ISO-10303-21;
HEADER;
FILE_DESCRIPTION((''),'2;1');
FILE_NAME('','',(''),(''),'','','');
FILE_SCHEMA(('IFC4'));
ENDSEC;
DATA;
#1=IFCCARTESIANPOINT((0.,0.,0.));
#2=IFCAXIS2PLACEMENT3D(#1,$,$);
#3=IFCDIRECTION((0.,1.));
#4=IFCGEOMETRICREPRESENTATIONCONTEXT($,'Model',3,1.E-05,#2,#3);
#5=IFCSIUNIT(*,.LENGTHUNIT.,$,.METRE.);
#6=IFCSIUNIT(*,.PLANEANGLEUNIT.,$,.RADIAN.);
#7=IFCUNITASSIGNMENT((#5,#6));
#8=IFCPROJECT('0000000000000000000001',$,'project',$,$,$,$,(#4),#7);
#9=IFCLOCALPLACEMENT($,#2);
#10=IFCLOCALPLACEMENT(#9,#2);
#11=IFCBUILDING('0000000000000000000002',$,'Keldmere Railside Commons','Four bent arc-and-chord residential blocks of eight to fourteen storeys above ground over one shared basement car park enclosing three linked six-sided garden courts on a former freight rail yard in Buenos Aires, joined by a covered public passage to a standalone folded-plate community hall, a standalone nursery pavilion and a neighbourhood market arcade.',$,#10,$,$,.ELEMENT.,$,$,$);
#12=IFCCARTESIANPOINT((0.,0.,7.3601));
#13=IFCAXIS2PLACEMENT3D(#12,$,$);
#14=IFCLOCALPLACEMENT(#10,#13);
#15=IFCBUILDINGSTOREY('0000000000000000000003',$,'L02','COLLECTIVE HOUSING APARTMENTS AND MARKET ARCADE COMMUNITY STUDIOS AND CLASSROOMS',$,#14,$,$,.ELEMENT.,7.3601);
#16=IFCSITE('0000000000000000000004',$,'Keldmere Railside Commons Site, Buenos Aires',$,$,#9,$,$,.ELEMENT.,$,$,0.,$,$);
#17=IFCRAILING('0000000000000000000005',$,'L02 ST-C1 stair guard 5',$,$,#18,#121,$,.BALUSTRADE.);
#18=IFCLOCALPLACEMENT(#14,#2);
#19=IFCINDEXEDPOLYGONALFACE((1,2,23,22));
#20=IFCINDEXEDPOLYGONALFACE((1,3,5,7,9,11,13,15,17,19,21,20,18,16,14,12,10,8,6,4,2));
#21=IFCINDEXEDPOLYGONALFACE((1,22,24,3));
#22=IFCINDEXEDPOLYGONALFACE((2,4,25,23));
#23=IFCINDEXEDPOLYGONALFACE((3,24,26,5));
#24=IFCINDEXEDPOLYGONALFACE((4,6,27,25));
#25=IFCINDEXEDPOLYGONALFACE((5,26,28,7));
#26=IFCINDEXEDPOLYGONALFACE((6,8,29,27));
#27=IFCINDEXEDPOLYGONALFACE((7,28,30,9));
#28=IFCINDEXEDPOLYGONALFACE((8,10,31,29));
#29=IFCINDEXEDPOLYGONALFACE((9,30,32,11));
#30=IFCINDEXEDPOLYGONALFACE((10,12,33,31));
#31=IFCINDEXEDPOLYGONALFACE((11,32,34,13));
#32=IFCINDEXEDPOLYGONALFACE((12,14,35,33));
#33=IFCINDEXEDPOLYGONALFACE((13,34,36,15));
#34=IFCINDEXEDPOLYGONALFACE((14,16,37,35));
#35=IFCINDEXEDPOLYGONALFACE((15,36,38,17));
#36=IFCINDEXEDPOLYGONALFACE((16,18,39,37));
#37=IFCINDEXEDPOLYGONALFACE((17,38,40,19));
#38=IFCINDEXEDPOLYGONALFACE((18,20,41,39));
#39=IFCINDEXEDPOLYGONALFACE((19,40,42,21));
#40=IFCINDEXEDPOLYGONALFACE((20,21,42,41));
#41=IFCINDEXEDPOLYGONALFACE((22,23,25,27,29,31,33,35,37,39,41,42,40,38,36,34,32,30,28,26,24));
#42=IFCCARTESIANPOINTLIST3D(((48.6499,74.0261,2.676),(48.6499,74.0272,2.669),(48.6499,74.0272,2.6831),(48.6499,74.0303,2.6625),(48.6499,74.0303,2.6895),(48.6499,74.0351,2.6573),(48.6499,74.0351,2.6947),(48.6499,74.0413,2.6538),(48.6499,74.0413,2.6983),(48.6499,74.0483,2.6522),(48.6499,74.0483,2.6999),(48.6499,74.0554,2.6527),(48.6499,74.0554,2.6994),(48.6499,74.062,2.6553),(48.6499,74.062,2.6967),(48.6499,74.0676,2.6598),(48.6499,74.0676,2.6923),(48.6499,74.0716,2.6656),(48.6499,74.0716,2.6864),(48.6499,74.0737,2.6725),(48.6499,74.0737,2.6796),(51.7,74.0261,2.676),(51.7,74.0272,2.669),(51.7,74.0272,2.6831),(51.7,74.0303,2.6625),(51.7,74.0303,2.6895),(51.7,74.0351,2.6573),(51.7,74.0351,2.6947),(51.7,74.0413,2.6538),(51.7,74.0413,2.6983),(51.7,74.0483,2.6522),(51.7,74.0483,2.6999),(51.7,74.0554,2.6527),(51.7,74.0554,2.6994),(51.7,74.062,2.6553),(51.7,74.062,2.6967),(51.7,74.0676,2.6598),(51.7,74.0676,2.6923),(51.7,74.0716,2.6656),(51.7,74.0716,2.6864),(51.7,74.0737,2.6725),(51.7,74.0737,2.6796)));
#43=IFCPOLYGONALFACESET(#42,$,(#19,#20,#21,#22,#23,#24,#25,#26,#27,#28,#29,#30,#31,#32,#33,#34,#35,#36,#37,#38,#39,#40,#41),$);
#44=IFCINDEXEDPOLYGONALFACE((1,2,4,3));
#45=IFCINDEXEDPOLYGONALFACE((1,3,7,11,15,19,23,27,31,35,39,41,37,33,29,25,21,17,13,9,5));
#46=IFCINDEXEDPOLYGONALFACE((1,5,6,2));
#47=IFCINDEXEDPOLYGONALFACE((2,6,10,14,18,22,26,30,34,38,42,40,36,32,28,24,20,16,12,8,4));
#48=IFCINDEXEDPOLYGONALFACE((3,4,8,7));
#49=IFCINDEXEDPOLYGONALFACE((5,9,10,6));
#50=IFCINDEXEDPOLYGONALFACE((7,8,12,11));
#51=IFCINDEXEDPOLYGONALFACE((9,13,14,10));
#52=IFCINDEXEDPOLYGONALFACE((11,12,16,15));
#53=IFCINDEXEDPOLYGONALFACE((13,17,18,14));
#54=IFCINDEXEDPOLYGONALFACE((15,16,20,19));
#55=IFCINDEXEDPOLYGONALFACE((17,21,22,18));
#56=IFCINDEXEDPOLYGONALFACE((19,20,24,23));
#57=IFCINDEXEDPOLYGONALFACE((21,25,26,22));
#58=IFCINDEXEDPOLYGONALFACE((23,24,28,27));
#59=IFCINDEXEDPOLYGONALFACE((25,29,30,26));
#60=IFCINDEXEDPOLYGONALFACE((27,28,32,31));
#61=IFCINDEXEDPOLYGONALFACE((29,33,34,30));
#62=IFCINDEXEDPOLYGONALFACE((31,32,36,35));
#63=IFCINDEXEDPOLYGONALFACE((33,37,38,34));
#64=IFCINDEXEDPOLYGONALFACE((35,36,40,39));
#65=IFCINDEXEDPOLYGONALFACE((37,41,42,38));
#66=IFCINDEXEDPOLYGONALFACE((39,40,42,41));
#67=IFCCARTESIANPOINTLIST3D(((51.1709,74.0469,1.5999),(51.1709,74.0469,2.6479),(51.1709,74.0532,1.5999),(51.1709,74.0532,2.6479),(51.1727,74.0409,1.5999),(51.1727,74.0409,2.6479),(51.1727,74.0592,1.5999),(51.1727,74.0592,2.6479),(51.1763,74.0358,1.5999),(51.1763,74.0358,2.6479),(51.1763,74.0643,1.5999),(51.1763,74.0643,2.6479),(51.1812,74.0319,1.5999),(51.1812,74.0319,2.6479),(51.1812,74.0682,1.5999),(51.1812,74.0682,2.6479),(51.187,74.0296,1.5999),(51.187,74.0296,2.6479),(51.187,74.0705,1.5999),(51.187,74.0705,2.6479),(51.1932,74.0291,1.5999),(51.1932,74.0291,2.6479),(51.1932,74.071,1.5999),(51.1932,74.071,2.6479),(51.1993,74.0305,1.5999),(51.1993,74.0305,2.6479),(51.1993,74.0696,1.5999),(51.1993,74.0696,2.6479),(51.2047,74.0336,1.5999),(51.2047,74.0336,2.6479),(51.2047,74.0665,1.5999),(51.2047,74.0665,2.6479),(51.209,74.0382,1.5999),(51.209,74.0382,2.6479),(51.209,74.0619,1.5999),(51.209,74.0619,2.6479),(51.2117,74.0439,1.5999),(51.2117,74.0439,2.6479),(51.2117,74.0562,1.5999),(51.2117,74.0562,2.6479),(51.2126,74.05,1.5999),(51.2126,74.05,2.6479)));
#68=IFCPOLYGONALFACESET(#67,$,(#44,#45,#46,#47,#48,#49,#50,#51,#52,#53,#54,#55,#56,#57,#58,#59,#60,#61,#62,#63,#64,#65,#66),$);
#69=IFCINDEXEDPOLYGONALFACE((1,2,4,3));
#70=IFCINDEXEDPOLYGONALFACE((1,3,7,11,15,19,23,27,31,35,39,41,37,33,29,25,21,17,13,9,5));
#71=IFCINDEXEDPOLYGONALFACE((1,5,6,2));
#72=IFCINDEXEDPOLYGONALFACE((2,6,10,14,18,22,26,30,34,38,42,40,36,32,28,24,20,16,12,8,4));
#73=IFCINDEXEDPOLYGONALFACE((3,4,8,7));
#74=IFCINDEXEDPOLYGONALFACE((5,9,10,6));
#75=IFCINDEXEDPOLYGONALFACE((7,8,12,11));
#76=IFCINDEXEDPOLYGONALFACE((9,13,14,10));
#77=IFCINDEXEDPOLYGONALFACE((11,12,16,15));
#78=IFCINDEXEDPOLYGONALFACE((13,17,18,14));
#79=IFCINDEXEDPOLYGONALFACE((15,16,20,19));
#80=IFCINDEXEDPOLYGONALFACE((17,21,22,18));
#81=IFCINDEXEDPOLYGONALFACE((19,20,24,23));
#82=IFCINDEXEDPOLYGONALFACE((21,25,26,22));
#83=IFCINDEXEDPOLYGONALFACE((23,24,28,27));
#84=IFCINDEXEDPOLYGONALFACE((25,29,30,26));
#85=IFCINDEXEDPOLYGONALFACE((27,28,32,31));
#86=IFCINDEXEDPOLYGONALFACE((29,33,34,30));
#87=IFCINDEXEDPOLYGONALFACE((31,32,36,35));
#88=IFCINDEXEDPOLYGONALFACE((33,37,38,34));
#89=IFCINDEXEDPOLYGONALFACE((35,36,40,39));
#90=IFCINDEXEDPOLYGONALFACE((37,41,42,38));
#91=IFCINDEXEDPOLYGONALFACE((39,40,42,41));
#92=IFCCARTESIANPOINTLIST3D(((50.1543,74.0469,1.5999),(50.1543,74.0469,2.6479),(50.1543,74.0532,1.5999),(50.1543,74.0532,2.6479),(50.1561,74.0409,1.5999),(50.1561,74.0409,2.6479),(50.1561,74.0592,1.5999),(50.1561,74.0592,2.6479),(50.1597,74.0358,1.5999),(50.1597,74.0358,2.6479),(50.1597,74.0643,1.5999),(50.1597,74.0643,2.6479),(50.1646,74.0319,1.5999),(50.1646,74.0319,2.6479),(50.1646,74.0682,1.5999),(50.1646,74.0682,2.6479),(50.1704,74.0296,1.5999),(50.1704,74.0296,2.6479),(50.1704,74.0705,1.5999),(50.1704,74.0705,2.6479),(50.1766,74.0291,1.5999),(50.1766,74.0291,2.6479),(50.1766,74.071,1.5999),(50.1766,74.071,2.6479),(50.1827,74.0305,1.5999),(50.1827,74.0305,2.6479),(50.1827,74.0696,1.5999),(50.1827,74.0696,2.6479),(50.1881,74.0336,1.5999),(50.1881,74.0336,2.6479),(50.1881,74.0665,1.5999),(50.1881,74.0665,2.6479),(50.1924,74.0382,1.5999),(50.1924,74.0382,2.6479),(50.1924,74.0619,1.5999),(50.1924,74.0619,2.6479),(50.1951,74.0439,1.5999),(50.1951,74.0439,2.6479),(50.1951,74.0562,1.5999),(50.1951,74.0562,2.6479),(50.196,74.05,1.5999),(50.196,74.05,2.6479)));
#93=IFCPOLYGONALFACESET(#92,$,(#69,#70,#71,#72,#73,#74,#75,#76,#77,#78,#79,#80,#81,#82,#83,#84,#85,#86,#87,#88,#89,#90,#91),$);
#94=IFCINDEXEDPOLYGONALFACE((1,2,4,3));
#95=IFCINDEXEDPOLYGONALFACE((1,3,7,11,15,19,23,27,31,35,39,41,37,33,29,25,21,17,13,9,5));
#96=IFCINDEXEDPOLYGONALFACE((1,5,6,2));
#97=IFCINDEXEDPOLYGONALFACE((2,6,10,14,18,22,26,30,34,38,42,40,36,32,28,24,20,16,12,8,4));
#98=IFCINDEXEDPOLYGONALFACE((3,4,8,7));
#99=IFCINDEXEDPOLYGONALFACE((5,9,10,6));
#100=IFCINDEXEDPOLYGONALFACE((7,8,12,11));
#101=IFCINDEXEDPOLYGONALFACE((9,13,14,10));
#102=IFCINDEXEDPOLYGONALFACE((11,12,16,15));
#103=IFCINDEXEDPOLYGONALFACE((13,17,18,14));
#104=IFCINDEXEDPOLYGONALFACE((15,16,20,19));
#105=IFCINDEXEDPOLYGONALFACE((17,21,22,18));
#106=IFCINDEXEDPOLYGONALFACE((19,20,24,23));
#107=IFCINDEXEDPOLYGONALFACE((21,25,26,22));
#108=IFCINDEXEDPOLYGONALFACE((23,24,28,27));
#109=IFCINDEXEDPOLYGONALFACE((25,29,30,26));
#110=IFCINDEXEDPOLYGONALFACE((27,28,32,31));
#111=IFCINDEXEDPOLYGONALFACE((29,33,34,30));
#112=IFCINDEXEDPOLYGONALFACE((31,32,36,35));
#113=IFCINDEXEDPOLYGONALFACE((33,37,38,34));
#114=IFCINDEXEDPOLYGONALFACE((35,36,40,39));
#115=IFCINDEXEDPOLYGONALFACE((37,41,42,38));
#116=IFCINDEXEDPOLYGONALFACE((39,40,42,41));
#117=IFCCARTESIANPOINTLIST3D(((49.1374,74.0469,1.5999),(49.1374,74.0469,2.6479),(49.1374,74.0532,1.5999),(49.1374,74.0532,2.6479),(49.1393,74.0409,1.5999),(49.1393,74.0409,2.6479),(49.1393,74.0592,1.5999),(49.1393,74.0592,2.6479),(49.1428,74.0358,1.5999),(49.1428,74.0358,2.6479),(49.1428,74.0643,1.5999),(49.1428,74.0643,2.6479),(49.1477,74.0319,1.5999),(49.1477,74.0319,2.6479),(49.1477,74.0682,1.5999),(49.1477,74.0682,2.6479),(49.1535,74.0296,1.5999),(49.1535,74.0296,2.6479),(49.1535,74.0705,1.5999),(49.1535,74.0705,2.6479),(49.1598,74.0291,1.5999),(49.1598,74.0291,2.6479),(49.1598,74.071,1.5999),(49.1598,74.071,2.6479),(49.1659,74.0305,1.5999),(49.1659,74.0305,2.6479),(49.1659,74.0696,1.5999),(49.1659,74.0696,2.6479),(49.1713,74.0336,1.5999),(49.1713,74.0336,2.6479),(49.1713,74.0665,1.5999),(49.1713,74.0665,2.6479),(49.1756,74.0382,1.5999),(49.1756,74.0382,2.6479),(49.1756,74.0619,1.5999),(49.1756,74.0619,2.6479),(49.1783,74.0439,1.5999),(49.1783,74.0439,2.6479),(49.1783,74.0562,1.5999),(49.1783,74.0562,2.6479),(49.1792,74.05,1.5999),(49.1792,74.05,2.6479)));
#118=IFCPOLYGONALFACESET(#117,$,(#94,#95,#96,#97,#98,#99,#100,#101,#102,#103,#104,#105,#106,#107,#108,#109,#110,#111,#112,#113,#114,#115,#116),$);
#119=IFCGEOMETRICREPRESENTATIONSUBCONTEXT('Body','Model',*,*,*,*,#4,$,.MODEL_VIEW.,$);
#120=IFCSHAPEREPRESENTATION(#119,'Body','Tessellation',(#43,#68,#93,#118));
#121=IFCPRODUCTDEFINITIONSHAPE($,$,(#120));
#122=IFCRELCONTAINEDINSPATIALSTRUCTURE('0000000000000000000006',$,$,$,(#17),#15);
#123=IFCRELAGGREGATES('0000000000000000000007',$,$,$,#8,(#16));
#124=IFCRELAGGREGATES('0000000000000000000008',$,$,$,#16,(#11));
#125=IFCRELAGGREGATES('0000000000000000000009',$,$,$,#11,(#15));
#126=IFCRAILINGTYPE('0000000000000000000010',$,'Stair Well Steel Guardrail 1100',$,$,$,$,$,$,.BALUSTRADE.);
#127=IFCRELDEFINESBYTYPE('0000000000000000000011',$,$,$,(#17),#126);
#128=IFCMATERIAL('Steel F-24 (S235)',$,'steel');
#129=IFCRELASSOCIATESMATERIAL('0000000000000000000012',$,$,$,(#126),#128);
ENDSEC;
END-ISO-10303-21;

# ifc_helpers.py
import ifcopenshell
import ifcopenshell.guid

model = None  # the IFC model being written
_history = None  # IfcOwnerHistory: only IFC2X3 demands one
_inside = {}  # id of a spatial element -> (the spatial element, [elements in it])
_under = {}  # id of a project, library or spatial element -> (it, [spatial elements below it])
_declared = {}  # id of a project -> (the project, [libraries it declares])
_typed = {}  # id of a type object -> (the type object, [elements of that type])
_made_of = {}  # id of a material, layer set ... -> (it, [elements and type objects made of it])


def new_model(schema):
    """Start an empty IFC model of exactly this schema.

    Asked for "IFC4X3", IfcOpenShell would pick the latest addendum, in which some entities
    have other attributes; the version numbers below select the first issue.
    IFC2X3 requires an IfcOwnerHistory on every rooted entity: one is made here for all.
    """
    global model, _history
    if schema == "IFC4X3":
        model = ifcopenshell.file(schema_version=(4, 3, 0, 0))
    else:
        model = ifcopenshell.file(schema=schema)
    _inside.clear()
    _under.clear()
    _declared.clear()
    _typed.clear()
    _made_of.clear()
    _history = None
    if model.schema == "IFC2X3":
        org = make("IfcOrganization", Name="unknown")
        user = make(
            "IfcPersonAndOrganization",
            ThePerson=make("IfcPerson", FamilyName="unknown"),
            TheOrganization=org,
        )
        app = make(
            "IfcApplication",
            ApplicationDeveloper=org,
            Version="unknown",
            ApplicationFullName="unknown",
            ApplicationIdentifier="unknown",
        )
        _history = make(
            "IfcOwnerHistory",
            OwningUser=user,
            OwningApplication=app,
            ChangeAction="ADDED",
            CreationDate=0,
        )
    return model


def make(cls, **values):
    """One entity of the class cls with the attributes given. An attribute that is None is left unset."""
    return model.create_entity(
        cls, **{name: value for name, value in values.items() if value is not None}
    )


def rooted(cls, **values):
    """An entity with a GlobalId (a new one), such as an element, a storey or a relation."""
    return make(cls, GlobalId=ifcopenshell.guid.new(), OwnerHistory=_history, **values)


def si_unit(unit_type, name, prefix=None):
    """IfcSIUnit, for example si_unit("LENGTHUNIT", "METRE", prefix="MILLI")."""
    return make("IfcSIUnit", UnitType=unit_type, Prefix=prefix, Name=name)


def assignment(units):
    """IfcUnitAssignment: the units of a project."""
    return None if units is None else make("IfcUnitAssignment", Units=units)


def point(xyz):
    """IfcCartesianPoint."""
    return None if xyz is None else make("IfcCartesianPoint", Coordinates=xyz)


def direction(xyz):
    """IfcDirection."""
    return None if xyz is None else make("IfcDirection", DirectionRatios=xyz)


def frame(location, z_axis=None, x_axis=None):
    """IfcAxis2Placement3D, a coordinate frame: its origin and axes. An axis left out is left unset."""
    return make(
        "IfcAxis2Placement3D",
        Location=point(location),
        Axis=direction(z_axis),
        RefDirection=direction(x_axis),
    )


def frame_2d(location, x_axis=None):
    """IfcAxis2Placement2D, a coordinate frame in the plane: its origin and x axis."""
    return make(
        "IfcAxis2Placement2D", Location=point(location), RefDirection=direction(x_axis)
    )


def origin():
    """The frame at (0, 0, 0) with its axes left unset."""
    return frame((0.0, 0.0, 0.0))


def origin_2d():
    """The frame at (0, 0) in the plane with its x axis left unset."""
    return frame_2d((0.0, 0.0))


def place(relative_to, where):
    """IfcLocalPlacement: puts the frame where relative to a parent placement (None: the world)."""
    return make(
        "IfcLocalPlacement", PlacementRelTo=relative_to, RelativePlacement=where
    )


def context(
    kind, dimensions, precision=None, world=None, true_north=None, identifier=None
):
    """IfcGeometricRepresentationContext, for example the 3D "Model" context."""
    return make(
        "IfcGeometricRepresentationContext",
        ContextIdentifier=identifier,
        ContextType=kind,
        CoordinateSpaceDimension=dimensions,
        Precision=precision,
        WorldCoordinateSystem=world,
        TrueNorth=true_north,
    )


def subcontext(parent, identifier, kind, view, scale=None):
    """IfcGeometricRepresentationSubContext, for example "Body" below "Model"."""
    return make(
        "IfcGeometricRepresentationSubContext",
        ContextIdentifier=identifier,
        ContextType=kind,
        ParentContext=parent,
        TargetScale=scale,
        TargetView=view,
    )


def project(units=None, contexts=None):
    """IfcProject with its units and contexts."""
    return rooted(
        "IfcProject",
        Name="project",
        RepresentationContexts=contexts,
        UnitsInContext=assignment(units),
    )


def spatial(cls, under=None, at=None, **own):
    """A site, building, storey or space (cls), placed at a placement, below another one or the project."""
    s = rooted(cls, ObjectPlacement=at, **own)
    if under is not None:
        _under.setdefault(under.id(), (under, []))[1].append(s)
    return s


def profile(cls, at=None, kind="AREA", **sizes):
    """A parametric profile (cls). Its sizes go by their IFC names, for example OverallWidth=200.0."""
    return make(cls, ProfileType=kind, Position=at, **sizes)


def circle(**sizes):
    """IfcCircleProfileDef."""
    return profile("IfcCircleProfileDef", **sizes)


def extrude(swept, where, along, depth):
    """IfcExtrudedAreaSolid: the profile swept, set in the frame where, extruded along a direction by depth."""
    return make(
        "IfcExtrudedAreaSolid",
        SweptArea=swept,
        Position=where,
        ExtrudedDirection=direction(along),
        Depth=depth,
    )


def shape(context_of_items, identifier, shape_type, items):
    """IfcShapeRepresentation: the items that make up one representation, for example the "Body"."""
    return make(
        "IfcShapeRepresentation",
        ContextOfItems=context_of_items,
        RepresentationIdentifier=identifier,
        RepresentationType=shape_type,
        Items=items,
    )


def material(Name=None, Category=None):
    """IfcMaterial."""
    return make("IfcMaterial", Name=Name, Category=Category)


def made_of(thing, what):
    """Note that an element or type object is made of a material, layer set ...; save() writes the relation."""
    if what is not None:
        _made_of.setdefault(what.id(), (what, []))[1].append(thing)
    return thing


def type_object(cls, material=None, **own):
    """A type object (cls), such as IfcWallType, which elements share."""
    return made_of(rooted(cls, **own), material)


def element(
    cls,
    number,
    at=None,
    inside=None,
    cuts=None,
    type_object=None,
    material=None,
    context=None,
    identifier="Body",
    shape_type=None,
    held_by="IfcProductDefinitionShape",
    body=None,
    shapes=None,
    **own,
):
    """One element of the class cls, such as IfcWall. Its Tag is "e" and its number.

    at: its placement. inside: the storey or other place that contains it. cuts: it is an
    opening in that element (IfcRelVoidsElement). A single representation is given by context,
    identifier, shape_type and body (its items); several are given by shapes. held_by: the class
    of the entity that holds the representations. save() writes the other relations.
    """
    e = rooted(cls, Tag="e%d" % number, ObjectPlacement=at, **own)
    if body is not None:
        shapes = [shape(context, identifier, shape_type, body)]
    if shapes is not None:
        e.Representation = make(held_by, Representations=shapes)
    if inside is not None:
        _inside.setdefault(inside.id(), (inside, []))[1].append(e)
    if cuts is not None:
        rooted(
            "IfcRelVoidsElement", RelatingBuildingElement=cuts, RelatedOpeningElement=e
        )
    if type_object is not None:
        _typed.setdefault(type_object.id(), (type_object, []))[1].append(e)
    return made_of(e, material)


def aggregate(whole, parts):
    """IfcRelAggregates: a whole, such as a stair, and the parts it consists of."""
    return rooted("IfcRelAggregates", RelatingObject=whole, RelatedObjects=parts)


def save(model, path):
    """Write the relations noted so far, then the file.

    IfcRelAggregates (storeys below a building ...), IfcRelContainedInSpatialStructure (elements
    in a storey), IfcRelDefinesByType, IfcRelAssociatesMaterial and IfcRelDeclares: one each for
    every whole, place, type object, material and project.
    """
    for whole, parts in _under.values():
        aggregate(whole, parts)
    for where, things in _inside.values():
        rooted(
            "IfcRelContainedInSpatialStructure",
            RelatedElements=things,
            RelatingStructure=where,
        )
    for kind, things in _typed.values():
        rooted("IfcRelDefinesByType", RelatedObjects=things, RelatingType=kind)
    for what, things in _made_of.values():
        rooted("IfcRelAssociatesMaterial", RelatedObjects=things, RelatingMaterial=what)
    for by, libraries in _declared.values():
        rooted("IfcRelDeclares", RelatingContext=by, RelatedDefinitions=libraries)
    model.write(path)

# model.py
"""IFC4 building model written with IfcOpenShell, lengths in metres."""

from ifc_helpers import new_model, si_unit, direction, frame, origin, origin_2d, place, context, subcontext, project, spatial, circle, extrude, material, type_object, element, save


model = new_model("IFC4")

# Units and contexts
model_context = context("Model", 3, precision=1e-05, world=origin(), true_north=direction((0.0, 1.0)))
body_context = subcontext(model_context, "Body", "Model", "MODEL_VIEW")
ifc_project = project(units=[si_unit("LENGTHUNIT", "METRE"), si_unit("PLANEANGLEUNIT", "RADIAN")], contexts=[model_context])

# Site, building, storey
site_placement = place(None, origin())
site = spatial("IfcSite", under=ifc_project, at=site_placement, Name="Keldmere Railside Commons Site, Buenos Aires", CompositionType="ELEMENT", RefElevation=0.0)
building_placement = place(site_placement, origin())
building = spatial("IfcBuilding", under=site, at=building_placement, Name="Keldmere Railside Commons", Description="Four bent arc-and-chord residential blocks of eight to fourteen storeys above ground over one shared basement car park enclosing three linked six-sided garden courts on a former freight rail yard in Buenos Aires, joined by a covered public passage to a standalone folded-plate community hall, a standalone nursery pavilion and a neighbourhood market arcade.", CompositionType="ELEMENT")
storey_placement = place(building_placement, frame((0.0, 0.0, 7.3601)))
storey = spatial("IfcBuildingStorey", under=building, at=storey_placement, Name="L02", Description="COLLECTIVE HOUSING APARTMENTS AND MARKET ARCADE COMMUNITY STUDIOS AND CLASSROOMS", CompositionType="ELEMENT", Elevation=7.3601)

# Shared definitions
ifc_material_1 = material(Name="Steel F-24 (S235)", Category="steel")

# Railing
railing_type_1 = type_object("IfcRailingType", Name="Stair Well Steel Guardrail 1100", PredefinedType="BALUSTRADE", material=ifc_material_1)
railing_1_placement = place(storey_placement, frame((51.7, 74.05, 1.5999)))
element("IfcRailing", 1, at=railing_1_placement, inside=storey, type_object=railing_type_1, Name="L02 ST-C1 stair guard 5", PredefinedType="BALUSTRADE", context=body_context, shape_type="SweptSolid", body=[
    extrude(circle(Radius=0.0239, at=origin_2d()), frame((0.0, 0.0, 1.0762), z_axis=(-1.0, 0.0, 0.0), x_axis=(0.0, -1.0, 0.0)), (0.0, 0.0, 1.0), 3.05),
    extrude(circle(Radius=0.021, at=origin_2d()), frame((-0.5083, 0.0, 0.0)), (0.0, 0.0, 1.0), 1.0481),
    extrude(circle(Radius=0.021, at=origin_2d()), frame((-1.5249, 0.0, 0.0)), (0.0, 0.0, 1.0), 1.0481),
    extrude(circle(Radius=0.021, at=origin_2d()), frame((-2.5417, 0.0, 0.0)), (0.0, 0.0, 1.0), 1.0481),
])

save(model, "model.ifc")
